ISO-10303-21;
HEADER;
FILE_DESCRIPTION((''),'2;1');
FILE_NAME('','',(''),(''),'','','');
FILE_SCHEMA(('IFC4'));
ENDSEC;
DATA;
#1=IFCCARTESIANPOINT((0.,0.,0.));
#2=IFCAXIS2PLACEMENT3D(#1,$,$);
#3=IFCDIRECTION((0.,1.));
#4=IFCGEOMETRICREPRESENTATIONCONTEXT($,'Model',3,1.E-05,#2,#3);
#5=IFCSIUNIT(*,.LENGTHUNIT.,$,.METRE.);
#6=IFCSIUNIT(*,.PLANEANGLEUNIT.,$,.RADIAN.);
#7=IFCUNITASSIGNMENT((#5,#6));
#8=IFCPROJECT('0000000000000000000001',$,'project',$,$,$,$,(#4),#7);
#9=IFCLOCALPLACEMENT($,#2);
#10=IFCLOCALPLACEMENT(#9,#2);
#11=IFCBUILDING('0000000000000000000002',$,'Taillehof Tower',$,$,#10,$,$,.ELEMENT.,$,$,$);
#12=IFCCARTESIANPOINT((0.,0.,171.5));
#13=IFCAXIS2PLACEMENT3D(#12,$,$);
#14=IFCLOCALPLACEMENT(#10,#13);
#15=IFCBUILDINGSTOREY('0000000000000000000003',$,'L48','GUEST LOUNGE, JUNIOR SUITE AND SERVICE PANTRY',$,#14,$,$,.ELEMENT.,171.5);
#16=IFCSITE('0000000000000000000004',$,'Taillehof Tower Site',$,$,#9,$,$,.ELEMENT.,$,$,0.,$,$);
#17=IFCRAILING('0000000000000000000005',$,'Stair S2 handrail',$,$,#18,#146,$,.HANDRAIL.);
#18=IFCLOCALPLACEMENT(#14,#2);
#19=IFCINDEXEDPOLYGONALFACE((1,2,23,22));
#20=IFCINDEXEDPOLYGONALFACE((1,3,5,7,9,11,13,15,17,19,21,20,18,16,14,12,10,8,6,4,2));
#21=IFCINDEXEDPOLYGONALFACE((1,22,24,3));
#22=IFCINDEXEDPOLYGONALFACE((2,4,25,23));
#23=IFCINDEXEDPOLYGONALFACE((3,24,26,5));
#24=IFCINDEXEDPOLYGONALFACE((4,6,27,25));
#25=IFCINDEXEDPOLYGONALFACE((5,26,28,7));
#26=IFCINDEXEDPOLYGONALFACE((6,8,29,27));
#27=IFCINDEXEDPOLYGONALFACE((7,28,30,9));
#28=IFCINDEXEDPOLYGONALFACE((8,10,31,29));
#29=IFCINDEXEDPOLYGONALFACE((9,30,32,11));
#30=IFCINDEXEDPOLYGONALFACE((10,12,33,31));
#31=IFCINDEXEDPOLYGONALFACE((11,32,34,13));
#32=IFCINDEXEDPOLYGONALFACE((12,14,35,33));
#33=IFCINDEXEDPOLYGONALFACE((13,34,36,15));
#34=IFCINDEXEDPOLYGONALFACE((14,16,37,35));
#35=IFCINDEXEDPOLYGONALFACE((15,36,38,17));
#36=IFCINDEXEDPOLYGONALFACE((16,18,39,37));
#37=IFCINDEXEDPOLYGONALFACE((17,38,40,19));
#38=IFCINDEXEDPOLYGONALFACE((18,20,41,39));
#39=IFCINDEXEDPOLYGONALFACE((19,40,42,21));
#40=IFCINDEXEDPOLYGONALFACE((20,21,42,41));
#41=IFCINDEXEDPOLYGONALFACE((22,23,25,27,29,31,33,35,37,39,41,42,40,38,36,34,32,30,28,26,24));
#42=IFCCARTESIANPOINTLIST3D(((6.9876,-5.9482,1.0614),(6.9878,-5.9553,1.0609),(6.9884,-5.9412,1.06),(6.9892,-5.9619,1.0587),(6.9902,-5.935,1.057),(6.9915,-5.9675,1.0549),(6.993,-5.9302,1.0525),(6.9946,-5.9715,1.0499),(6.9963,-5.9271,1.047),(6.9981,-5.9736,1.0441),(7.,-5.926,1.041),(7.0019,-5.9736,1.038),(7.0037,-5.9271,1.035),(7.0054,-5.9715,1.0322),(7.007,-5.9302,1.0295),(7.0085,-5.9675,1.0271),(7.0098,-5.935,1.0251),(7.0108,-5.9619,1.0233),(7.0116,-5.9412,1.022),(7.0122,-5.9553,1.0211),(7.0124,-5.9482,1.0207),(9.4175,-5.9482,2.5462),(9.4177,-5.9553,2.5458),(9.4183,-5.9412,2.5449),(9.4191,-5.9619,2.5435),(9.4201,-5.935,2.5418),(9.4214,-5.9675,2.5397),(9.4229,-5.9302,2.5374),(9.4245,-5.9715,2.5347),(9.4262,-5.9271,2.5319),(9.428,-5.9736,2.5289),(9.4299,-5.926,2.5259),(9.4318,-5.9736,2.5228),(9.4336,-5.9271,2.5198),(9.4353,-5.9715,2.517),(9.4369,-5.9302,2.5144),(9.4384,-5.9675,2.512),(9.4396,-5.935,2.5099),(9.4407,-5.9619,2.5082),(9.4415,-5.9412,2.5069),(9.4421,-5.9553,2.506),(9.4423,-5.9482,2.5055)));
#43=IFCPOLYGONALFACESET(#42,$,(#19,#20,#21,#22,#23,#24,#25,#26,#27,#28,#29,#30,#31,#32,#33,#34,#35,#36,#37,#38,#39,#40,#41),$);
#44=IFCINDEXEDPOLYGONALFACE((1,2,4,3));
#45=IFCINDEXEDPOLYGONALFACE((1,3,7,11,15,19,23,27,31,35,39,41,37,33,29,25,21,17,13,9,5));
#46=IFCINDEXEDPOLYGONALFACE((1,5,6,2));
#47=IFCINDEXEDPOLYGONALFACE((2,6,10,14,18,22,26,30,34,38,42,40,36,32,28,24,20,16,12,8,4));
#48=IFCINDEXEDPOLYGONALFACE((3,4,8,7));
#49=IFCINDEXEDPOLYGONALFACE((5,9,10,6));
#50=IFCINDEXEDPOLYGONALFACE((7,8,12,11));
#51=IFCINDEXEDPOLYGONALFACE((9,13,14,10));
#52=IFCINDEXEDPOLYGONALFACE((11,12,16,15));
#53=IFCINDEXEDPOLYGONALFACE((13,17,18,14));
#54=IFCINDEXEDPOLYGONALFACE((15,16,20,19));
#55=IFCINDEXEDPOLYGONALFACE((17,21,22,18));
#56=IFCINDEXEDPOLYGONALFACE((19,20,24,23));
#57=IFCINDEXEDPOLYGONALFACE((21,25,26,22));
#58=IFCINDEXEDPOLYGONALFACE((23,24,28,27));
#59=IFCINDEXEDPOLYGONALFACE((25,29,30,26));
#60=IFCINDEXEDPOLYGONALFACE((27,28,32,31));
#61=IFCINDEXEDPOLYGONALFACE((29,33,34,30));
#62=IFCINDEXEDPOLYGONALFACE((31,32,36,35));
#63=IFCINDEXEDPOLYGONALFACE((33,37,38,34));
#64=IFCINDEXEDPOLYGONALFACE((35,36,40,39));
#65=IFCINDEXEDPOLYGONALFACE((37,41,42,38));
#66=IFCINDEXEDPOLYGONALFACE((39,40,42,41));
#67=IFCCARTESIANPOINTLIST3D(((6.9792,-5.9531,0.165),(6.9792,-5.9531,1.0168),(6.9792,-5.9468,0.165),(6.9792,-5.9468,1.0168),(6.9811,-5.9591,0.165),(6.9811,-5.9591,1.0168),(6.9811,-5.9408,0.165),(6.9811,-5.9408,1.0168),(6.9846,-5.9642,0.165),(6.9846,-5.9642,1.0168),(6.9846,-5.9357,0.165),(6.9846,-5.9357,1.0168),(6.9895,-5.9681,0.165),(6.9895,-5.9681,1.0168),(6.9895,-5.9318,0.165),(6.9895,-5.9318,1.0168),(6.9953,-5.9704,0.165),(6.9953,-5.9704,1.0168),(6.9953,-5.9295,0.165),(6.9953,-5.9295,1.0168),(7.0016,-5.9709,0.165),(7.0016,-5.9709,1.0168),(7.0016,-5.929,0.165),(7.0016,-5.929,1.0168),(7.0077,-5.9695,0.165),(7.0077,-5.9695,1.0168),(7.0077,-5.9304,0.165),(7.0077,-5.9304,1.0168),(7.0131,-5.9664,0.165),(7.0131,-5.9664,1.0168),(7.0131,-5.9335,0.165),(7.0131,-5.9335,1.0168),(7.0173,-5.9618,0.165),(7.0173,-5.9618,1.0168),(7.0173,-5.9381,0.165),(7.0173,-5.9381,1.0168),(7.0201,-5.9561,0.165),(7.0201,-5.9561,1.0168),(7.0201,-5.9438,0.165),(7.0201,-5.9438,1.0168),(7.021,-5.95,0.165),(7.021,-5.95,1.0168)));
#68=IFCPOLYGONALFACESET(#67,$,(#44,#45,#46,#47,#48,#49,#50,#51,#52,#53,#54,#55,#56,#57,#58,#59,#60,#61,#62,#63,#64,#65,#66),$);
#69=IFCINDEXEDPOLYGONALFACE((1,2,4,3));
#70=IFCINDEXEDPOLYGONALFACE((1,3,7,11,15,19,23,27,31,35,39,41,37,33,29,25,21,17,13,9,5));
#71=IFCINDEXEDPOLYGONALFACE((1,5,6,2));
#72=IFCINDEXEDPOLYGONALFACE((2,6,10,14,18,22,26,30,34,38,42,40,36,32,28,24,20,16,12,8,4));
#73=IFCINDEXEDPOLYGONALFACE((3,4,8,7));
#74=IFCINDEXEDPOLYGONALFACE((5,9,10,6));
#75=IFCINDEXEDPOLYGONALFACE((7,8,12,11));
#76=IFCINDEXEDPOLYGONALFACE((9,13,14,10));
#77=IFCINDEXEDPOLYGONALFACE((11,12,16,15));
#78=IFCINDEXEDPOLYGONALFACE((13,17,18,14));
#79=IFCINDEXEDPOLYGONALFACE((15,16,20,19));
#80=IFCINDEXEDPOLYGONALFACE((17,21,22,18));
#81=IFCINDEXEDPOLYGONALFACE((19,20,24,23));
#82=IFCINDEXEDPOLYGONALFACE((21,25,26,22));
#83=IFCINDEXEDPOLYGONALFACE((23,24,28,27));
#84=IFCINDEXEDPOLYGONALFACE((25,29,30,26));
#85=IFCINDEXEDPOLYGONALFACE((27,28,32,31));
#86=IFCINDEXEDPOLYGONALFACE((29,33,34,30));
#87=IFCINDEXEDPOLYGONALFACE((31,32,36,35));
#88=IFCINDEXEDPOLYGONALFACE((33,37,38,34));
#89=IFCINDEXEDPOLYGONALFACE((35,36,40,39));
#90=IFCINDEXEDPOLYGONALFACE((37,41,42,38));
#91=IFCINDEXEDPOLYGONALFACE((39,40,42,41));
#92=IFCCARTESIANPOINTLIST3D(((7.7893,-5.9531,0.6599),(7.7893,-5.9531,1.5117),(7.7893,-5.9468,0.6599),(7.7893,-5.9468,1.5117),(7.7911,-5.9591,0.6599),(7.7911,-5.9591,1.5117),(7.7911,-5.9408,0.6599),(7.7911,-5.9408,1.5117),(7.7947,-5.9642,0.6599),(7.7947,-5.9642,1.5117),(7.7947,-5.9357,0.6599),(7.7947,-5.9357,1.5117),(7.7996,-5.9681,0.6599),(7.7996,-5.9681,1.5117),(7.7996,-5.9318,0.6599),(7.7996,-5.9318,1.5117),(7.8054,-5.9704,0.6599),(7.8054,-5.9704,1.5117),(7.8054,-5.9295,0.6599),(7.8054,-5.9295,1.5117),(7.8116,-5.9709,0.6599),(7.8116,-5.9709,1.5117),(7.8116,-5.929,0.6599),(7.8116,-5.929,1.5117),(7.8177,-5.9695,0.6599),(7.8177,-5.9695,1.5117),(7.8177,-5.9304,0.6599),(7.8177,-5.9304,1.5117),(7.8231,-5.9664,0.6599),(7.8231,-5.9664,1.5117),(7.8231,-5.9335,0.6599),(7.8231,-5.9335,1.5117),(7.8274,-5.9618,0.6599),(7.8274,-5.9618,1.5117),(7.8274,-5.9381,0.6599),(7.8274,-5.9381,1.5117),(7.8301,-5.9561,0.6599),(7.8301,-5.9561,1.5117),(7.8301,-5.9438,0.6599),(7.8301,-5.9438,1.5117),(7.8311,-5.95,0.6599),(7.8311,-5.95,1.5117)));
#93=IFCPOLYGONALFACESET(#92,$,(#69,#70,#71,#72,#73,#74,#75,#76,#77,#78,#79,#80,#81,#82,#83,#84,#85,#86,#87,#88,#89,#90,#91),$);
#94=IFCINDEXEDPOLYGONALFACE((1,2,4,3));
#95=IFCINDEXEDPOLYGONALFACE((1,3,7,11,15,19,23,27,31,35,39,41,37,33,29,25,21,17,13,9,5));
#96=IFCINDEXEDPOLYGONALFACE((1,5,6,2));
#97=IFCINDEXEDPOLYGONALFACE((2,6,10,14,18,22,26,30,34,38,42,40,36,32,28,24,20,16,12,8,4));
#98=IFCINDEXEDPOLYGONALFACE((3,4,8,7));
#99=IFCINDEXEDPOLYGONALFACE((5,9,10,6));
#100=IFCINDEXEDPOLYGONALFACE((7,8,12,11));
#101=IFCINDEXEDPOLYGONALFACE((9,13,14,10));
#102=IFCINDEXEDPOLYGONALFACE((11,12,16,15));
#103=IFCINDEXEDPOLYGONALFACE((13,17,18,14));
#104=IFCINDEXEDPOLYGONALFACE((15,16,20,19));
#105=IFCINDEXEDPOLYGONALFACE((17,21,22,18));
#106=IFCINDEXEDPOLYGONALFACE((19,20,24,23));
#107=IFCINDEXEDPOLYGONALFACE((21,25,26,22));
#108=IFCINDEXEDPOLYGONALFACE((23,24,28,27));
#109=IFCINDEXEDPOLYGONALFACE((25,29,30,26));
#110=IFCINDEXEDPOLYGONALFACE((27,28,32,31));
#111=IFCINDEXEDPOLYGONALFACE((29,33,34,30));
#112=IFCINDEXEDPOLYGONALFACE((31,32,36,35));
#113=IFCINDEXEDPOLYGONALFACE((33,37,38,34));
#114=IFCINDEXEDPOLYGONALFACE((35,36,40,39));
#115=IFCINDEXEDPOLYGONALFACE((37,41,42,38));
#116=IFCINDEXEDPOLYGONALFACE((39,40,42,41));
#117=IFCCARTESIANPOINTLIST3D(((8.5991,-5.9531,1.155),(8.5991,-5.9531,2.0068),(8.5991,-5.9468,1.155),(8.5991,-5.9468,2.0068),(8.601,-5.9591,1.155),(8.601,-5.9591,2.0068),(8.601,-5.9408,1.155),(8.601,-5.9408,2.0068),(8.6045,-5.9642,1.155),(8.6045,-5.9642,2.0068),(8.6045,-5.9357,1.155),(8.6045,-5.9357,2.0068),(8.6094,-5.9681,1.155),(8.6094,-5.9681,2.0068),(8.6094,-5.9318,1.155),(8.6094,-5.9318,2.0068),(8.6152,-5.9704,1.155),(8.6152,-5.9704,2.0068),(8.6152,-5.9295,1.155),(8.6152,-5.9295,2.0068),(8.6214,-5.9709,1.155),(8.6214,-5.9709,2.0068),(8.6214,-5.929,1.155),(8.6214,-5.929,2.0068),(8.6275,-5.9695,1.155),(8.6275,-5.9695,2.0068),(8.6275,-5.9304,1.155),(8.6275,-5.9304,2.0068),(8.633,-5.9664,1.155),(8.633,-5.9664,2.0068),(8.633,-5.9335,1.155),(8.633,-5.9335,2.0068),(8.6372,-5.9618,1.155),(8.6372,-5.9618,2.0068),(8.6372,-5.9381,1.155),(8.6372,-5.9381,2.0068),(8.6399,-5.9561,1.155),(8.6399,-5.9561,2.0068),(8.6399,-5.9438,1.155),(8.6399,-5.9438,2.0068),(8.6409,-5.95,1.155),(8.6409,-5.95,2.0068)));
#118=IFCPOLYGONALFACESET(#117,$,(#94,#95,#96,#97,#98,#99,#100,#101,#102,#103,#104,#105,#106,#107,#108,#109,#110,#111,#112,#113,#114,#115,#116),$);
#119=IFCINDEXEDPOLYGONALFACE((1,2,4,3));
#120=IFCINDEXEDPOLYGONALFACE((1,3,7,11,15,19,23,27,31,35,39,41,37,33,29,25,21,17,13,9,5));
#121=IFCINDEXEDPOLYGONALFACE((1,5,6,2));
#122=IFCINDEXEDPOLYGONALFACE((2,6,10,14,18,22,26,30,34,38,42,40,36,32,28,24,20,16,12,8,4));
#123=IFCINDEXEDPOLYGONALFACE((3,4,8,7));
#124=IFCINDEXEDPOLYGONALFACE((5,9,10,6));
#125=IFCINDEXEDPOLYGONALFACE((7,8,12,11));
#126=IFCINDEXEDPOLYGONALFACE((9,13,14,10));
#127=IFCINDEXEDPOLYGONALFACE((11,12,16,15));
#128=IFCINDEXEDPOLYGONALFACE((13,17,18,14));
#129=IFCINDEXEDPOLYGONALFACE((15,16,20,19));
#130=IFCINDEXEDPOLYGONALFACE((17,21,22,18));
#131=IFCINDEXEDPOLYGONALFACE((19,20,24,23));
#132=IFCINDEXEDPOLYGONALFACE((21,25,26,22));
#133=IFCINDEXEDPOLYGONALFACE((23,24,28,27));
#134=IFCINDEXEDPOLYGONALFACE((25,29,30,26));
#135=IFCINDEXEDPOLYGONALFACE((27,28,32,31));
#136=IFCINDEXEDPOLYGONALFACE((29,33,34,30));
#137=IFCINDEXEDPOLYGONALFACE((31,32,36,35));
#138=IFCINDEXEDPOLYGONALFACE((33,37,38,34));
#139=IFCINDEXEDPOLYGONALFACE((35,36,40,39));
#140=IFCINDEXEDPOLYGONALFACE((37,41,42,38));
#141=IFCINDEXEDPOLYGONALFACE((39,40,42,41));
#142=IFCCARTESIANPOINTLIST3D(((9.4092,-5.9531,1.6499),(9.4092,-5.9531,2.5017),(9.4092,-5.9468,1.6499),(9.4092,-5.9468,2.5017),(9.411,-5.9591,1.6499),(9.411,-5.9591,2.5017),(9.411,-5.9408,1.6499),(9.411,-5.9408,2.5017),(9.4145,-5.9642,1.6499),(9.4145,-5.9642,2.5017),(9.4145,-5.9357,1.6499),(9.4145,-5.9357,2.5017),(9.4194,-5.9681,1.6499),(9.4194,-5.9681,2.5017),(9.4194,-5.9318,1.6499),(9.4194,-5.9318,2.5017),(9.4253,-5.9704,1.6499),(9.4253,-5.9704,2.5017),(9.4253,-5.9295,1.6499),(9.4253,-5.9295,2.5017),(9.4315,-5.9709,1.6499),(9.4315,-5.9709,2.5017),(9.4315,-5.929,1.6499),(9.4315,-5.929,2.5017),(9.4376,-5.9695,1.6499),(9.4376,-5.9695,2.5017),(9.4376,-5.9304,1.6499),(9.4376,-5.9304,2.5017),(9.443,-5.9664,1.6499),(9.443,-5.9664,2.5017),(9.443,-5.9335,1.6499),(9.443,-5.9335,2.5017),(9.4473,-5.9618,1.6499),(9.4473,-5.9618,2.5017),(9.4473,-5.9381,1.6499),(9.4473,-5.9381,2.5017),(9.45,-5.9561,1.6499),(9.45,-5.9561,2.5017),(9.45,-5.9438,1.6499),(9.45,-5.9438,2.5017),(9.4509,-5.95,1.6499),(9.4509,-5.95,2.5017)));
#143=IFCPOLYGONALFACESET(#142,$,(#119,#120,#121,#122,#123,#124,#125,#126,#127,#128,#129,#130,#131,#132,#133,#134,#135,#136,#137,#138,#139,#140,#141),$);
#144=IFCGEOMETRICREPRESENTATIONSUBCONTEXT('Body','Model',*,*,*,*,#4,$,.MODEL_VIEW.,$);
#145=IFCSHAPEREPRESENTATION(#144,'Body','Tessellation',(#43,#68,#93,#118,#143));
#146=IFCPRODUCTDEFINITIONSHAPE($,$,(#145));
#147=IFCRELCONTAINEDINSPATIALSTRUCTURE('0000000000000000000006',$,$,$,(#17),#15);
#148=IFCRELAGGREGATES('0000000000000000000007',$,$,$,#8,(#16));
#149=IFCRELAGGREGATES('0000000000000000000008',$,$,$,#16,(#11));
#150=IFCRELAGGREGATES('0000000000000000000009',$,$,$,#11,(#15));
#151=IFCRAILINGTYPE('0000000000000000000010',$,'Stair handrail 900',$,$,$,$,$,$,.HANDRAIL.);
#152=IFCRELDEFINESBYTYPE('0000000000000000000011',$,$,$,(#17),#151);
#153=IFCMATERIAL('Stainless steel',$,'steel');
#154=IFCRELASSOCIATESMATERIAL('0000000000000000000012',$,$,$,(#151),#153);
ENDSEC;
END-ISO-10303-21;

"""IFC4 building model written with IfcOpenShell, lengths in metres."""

from ifc_helpers import new_model, si_unit, direction, frame, origin, origin_2d, place, context, subcontext, project, spatial, circle, extrude, material, type_object, element, save


model = new_model("IFC4")

# Units and contexts
model_context = context("Model", 3, precision=1e-05, world=origin(), true_north=direction((0.0, 1.0)))
body_context = subcontext(model_context, "Body", "Model", "MODEL_VIEW")
ifc_project = project(units=[si_unit("LENGTHUNIT", "METRE"), si_unit("PLANEANGLEUNIT", "RADIAN")], contexts=[model_context])

# Site, building, storey
site_placement = place(None, origin())
site = spatial("IfcSite", under=ifc_project, at=site_placement, Name="Taillehof Tower Site", CompositionType="ELEMENT", RefElevation=0.0)
building_placement = place(site_placement, origin())
building = spatial("IfcBuilding", under=site, at=building_placement, Name="Taillehof Tower", CompositionType="ELEMENT")
storey_placement = place(building_placement, frame((0.0, 0.0, 171.5)))
storey = spatial("IfcBuildingStorey", under=building, at=storey_placement, Name="L48", Description="GUEST LOUNGE, JUNIOR SUITE AND SERVICE PANTRY", CompositionType="ELEMENT", Elevation=171.5)

# Railing
ifc_material_1 = material(Name="Stainless steel", Category="steel")
railing_type = type_object("IfcRailingType", Name="Stair handrail 900", PredefinedType="HANDRAIL", material=ifc_material_1)
railing_placement = place(storey_placement, frame((7.0, -5.95, 0.165)))
element("IfcRailing", 1, at=railing_placement, inside=storey, type_object=railing_type, Name="Stair S2 handrail", PredefinedType="HANDRAIL", context=body_context, shape_type="SweptSolid", body=[
    extrude(circle(Radius=0.0239, at=origin_2d()), frame((0.0, 0.0, 0.876), z_axis=(0.853297, 0.0, 0.521426), x_axis=(0.0, 1.0, 0.0)), (0.0, 0.0, 1.0), 2.8477),
    extrude(circle(Radius=0.021, at=origin_2d()), origin(), (0.0, 0.0, 1.0), 0.8518),
    extrude(circle(Radius=0.021, at=origin_2d()), frame((0.8101, 0.0, 0.4949)), (0.0, 0.0, 1.0), 0.8518),
    extrude(circle(Radius=0.021, at=origin_2d()), frame((1.6199, 0.0, 0.99)), (0.0, 0.0, 1.0), 0.8518),
    extrude(circle(Radius=0.021, at=origin_2d()), frame((2.4299, 0.0, 1.4849)), (0.0, 0.0, 1.0), 0.8518),
])

save(model, "model.ifc")
